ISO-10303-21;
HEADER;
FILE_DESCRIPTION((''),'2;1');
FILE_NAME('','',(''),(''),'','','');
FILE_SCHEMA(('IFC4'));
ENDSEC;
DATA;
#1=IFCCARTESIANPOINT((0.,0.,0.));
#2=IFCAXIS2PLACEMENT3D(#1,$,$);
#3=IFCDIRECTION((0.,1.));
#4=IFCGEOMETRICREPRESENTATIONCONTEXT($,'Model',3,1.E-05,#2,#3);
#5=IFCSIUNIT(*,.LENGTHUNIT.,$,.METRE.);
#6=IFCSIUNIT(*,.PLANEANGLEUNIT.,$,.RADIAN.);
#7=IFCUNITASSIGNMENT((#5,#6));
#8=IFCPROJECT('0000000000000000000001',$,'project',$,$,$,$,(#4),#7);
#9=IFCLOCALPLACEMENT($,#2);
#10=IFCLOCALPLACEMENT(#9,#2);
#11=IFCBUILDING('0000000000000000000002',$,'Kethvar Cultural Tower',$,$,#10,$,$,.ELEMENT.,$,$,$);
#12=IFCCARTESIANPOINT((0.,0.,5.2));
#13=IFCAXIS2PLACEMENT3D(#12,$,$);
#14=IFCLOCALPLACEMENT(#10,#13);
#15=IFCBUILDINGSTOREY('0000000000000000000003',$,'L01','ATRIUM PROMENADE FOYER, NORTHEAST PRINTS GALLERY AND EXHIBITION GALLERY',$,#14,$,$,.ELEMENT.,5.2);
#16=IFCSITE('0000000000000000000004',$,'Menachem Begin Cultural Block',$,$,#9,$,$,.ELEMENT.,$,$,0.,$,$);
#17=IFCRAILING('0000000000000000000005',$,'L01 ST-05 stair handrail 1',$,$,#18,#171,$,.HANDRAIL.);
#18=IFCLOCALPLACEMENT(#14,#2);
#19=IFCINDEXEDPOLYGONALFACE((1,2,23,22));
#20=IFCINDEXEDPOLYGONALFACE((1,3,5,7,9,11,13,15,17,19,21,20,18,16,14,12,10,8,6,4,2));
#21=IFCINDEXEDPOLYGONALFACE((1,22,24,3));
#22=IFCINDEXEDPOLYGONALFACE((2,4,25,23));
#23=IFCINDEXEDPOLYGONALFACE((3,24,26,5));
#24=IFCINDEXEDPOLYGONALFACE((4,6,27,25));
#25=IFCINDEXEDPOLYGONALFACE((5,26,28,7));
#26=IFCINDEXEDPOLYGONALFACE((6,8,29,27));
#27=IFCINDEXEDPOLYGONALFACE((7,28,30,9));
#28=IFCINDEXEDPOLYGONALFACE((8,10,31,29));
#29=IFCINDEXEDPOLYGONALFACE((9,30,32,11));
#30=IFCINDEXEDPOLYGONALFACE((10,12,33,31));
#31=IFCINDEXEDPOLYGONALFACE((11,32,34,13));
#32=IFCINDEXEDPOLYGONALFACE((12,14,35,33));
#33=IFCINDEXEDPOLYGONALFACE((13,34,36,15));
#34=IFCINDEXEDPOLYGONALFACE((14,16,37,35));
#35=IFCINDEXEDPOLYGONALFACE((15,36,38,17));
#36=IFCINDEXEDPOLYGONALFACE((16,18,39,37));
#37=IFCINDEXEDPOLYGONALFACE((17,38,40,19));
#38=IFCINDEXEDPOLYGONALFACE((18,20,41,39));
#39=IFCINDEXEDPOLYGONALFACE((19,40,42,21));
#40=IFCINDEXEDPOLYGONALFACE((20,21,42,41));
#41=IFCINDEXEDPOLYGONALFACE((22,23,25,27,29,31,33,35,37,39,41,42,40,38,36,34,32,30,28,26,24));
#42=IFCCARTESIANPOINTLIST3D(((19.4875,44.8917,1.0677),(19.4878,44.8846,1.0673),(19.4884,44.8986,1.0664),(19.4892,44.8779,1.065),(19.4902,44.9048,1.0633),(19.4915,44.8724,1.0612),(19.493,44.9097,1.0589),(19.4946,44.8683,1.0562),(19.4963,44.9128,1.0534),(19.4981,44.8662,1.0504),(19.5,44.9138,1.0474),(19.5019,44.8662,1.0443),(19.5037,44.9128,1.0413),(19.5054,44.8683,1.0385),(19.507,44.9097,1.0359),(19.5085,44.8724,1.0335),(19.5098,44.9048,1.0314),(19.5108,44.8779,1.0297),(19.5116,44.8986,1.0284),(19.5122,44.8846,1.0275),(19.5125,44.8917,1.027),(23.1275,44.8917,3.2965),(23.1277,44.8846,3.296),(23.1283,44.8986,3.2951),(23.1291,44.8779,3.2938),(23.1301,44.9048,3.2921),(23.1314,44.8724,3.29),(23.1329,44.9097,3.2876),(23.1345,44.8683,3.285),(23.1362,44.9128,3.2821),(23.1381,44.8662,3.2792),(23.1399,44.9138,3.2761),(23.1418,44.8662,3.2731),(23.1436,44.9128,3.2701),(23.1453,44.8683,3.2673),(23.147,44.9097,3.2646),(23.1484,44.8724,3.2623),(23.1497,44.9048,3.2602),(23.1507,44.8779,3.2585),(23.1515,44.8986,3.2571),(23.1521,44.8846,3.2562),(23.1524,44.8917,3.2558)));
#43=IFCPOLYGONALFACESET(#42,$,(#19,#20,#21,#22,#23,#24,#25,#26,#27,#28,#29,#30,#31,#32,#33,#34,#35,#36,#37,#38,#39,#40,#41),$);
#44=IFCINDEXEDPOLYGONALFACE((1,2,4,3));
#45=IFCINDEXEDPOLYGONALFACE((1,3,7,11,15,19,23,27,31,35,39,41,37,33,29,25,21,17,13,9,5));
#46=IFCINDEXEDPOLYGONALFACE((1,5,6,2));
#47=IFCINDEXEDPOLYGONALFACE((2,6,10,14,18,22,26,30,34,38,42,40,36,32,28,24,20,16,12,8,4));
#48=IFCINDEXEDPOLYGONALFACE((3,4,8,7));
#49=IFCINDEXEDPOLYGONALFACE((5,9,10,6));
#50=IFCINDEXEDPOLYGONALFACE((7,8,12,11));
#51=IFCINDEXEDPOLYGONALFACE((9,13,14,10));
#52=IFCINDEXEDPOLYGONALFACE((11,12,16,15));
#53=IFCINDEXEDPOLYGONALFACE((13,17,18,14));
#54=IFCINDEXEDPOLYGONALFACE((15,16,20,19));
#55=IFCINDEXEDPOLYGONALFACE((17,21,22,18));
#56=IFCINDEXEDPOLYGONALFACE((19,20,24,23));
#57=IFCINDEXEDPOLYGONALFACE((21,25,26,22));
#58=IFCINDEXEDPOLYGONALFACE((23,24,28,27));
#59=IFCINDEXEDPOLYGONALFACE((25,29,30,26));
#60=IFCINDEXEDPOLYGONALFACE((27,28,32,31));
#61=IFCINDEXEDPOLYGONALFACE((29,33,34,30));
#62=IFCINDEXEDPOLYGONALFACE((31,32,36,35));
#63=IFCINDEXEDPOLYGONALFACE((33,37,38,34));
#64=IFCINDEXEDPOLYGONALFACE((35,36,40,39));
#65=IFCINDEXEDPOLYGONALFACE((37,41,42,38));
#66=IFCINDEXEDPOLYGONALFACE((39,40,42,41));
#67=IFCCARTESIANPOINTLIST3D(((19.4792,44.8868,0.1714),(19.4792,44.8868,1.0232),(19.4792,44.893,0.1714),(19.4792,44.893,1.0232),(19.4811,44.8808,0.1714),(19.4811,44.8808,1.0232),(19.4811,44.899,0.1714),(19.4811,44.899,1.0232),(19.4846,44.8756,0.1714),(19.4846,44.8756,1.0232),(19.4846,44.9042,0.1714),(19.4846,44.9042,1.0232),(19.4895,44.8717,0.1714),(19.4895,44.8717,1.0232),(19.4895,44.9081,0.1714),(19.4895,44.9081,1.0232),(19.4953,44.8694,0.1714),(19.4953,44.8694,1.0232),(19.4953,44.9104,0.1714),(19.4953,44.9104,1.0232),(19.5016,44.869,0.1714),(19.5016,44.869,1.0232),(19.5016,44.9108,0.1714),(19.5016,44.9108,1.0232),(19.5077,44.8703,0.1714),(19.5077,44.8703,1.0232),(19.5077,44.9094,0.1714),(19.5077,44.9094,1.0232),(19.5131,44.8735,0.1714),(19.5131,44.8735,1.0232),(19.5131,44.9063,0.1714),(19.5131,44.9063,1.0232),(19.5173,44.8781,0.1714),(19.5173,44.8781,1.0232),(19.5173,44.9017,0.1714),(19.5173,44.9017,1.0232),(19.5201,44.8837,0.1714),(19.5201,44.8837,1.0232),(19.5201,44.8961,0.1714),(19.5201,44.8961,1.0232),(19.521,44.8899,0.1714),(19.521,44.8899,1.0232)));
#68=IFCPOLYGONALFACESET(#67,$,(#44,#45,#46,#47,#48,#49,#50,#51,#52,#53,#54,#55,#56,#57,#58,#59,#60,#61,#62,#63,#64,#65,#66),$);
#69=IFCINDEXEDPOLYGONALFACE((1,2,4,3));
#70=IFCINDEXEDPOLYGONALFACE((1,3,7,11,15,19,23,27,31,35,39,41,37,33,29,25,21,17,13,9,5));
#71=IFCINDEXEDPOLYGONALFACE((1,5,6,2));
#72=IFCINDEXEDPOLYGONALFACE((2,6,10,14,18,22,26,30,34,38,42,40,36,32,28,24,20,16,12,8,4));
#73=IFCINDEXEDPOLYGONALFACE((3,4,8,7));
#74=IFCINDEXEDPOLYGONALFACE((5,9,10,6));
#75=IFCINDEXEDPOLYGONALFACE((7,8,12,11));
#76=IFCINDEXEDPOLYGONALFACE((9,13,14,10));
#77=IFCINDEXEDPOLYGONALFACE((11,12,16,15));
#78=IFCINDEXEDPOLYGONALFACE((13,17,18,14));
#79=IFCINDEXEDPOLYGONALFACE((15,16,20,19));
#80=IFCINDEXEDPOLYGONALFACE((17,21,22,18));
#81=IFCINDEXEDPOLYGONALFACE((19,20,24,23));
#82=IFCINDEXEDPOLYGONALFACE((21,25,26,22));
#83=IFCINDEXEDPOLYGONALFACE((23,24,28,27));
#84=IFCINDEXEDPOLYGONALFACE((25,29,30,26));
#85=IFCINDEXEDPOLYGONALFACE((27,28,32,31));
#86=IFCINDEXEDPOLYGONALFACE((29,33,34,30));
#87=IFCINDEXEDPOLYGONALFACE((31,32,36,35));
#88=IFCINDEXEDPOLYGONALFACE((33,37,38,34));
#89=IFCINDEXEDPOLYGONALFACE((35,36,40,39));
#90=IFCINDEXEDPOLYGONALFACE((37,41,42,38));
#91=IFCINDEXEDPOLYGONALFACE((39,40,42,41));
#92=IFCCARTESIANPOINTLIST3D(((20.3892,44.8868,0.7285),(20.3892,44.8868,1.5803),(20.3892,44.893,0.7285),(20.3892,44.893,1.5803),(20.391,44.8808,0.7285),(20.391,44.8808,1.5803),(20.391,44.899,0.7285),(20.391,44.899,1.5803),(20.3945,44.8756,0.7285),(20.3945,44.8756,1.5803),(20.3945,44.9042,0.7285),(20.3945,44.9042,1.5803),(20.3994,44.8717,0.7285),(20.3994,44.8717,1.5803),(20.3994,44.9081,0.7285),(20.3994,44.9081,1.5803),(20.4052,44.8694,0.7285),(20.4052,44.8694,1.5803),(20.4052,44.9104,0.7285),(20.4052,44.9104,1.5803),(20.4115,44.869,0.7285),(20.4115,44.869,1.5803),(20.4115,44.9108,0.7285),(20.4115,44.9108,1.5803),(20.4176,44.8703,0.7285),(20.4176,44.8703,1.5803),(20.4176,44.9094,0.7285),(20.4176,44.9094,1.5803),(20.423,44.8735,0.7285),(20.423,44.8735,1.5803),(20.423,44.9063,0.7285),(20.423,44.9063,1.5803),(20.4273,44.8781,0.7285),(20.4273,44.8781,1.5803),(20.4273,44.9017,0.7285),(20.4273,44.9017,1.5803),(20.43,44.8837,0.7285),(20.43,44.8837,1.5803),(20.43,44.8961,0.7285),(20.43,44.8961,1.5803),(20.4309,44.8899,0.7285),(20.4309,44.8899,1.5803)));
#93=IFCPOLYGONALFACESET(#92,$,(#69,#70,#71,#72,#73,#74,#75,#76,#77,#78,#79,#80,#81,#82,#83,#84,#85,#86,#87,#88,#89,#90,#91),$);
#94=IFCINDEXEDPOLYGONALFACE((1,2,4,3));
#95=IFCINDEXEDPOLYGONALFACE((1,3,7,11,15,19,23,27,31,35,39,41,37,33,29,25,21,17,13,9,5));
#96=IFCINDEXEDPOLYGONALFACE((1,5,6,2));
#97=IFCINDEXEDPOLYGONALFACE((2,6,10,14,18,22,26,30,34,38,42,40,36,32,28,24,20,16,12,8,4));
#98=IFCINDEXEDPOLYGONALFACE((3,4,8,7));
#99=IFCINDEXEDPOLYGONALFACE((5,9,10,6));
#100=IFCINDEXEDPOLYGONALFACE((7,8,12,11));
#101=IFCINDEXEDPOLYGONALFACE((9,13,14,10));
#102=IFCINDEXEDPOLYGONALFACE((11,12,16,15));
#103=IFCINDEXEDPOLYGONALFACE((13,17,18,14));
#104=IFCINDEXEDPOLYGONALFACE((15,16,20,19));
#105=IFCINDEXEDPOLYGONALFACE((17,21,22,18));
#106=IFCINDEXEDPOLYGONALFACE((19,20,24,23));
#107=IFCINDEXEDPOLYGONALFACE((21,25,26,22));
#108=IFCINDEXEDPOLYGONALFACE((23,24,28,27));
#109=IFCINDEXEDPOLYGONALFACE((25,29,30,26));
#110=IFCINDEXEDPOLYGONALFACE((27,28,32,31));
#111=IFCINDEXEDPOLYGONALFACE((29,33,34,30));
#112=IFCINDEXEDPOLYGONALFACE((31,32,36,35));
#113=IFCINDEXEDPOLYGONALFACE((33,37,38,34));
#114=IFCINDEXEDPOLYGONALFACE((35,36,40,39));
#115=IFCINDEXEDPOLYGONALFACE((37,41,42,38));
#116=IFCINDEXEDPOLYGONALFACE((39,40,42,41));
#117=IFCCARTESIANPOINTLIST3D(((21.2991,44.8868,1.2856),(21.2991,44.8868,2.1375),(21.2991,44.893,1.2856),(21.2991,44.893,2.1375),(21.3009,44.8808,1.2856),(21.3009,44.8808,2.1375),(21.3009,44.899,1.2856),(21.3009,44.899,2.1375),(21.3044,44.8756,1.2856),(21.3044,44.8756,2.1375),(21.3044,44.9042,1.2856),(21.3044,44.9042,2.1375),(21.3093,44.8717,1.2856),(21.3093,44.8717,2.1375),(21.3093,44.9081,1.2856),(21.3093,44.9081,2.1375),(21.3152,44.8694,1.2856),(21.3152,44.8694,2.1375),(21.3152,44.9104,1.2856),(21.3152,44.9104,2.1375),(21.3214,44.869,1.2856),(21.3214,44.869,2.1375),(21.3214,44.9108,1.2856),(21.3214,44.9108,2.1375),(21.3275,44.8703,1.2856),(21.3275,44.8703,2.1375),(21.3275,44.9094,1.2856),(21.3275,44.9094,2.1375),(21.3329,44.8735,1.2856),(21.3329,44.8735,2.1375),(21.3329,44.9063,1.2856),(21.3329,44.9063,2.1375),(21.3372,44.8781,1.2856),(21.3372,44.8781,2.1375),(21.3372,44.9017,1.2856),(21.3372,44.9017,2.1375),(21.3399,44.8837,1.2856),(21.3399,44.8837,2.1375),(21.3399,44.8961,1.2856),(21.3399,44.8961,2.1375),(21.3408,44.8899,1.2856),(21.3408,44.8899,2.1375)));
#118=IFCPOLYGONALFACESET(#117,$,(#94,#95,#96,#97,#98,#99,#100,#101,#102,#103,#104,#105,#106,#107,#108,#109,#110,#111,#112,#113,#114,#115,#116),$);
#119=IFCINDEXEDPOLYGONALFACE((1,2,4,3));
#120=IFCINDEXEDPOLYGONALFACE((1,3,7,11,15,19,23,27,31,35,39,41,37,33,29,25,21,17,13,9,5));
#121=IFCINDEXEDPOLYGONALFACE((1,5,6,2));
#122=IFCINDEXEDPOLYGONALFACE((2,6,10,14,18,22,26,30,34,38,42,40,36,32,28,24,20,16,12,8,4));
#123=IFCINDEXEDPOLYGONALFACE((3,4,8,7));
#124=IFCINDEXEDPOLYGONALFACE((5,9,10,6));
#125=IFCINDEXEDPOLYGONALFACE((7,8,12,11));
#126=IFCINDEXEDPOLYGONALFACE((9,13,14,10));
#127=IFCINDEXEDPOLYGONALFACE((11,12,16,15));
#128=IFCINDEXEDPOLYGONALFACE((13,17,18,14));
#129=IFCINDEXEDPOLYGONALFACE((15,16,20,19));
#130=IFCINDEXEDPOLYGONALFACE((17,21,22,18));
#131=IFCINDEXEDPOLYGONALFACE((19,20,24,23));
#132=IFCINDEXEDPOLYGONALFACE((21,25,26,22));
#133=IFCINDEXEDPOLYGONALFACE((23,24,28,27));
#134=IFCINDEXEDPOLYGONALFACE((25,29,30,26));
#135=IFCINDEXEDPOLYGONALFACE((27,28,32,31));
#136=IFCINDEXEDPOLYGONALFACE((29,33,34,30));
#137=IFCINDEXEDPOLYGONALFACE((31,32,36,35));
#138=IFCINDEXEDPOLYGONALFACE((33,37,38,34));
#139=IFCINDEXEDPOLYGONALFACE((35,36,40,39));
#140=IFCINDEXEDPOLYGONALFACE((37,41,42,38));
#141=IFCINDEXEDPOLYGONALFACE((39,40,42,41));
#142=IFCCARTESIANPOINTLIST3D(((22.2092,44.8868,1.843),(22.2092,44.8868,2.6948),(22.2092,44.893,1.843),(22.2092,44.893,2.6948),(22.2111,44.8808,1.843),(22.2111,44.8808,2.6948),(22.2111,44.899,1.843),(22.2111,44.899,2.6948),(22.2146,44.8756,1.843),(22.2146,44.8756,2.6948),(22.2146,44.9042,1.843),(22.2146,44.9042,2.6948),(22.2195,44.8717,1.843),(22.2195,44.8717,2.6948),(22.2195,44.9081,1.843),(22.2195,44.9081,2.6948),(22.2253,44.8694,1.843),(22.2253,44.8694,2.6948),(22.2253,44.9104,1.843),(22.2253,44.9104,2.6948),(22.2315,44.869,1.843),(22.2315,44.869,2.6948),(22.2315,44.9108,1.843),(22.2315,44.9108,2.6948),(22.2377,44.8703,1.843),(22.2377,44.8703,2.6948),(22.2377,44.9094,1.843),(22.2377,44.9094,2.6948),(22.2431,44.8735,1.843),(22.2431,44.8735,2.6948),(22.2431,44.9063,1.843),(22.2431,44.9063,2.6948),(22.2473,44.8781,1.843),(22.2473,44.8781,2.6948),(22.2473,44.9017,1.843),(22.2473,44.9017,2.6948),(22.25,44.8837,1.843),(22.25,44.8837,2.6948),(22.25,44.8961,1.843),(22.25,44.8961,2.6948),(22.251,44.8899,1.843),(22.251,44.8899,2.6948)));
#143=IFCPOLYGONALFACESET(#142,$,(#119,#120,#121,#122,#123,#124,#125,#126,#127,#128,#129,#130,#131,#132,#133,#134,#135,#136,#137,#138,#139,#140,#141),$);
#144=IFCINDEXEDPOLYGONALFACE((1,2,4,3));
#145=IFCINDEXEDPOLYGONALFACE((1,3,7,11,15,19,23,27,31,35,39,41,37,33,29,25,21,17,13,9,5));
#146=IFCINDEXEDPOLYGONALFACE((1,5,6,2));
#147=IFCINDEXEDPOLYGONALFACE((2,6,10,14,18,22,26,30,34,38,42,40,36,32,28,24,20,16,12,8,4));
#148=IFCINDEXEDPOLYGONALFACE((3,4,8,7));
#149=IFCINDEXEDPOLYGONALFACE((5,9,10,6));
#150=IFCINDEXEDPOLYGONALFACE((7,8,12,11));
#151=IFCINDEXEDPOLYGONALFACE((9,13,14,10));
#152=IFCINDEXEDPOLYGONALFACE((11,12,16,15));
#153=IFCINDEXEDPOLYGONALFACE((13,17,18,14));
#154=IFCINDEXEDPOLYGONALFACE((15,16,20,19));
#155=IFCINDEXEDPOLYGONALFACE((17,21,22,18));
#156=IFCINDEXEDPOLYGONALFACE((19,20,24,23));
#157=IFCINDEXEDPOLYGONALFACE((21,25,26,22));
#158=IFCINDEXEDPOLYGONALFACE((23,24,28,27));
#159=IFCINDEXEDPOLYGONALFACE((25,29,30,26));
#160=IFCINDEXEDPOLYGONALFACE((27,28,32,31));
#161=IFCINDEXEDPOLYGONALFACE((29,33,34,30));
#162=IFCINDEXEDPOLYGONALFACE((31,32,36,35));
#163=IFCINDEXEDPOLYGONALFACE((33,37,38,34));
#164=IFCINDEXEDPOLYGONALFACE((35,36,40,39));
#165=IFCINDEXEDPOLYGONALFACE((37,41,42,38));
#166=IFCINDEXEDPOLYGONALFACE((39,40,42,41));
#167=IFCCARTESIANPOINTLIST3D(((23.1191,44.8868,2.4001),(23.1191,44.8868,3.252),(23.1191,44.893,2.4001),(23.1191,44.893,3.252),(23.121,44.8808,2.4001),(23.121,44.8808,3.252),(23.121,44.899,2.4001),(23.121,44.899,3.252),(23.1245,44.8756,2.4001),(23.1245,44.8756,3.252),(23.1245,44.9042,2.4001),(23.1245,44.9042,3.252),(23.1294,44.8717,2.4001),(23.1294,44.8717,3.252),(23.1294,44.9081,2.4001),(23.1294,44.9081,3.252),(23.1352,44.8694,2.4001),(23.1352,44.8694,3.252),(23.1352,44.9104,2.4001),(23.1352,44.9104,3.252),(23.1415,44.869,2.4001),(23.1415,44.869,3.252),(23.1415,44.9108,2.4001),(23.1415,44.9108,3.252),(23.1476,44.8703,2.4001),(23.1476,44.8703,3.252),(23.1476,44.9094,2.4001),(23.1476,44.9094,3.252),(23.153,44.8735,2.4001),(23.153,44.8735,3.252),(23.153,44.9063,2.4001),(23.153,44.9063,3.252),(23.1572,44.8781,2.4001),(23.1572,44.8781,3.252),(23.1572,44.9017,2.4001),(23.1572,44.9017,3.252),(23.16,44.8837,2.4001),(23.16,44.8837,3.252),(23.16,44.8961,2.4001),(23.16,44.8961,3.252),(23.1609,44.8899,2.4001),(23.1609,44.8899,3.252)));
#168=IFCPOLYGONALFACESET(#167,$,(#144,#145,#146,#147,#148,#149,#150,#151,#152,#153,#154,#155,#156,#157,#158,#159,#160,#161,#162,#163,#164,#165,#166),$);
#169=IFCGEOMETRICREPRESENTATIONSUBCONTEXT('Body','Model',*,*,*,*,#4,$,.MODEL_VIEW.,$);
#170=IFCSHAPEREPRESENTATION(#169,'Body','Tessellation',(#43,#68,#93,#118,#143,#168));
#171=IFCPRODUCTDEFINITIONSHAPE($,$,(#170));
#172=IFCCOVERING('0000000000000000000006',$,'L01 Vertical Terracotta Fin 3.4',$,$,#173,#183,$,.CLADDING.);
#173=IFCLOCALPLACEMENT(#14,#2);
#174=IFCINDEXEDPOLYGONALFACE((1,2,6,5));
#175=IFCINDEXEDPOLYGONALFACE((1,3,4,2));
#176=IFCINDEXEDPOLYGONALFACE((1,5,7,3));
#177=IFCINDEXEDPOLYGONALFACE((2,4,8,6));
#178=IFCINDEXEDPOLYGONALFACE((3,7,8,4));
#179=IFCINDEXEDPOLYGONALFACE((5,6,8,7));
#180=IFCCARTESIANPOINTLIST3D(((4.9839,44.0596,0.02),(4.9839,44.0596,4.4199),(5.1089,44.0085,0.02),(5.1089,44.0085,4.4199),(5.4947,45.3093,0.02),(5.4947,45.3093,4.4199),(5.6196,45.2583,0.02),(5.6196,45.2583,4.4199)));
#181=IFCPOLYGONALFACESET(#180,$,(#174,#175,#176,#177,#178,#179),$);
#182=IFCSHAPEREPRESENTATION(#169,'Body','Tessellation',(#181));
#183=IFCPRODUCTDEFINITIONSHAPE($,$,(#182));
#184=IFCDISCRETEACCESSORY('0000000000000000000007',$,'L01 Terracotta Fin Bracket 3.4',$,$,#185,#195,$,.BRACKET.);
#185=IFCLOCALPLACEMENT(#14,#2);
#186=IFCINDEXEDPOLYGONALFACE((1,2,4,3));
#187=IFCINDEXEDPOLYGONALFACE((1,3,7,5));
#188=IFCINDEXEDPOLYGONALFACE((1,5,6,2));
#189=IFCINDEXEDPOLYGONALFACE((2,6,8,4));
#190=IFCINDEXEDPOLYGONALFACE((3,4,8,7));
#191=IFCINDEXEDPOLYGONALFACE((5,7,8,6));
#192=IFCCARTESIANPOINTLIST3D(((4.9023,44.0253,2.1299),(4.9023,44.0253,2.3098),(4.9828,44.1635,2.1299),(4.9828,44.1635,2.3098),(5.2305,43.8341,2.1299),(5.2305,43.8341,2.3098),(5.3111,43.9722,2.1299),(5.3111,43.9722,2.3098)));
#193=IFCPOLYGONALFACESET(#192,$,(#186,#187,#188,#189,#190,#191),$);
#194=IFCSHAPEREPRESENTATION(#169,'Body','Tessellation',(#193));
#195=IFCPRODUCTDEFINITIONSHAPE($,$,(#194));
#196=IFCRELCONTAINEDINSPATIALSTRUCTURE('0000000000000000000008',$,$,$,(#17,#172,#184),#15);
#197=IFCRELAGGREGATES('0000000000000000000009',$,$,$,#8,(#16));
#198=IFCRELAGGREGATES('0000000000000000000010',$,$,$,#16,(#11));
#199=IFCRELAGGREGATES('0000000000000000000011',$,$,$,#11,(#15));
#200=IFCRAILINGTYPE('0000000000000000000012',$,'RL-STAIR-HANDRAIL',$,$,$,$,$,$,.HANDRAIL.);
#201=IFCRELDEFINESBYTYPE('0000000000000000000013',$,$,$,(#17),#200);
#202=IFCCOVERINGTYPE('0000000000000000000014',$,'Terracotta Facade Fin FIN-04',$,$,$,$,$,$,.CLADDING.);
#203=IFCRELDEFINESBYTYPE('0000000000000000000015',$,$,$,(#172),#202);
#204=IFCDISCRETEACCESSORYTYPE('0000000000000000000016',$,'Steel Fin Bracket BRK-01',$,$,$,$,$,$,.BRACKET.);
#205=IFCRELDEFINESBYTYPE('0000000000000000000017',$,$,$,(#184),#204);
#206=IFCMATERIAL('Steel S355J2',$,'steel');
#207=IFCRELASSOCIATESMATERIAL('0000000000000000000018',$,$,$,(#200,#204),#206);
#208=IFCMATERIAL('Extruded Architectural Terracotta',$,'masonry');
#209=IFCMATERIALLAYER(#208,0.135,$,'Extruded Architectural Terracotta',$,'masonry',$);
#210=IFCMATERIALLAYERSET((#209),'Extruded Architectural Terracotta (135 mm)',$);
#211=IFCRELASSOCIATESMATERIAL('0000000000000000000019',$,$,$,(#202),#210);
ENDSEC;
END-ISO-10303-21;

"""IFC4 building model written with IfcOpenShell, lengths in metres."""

from ifc_helpers import new_model, si_unit, direction, frame, origin, origin_2d, place, context, subcontext, project, spatial, rectangle, circle, extrude, source, transform, mapped, material, layer, layer_set, type_object, element, save


model = new_model("IFC4")

# Units and contexts
model_context = context("Model", 3, precision=1e-05, world=origin(), true_north=direction((0.0, 1.0)))
body_context = subcontext(model_context, "Body", "Model", "MODEL_VIEW")
ifc_project = project(units=[si_unit("LENGTHUNIT", "METRE"), si_unit("PLANEANGLEUNIT", "RADIAN")], contexts=[model_context])

# Site, building, storey
site_placement = place(None, origin())
site = spatial("IfcSite", under=ifc_project, at=site_placement, Name="Menachem Begin Cultural Block", CompositionType="ELEMENT", RefElevation=0.0)
building_placement = place(site_placement, origin())
building = spatial("IfcBuilding", under=site, at=building_placement, Name="Kethvar Cultural Tower", CompositionType="ELEMENT")
storey_placement = place(building_placement, frame((0.0, 0.0, 5.2)))
storey = spatial("IfcBuildingStorey", under=building, at=storey_placement, Name="L01", Description="ATRIUM PROMENADE FOYER, NORTHEAST PRINTS GALLERY AND EXHIBITION GALLERY", CompositionType="ELEMENT", Elevation=5.2)

# Shared definitions
ifc_material_1 = material(Name="Steel S355J2", Category="steel")

# Railing
railing_type_1 = type_object("IfcRailingType", Name="RL-STAIR-HANDRAIL", PredefinedType="HANDRAIL", material=ifc_material_1)
railing_1_placement = place(storey_placement, frame((19.5, 44.8899, 0.1714)))
element("IfcRailing", 1, at=railing_1_placement, inside=storey, type_object=railing_type_1, Name="L01 ST-05 stair handrail 1", PredefinedType="HANDRAIL", context=body_context, shape_type="SweptSolid", body=[
    extrude(circle(Radius=0.0239, at=origin_2d()), frame((0.0, 0.0, 0.876), z_axis=(0.852825, 0.0, 0.522197), x_axis=(0.0, 1.0, 0.0)), (0.0, 0.0, 1.0), 4.2681),
    extrude(circle(Radius=0.021, at=origin_2d()), origin(), (0.0, 0.0, 1.0), 0.8518),
    extrude(circle(Radius=0.021, at=origin_2d()), frame((0.9099, 0.0, 0.5571)), (0.0, 0.0, 1.0), 0.8518),
    extrude(circle(Radius=0.021, at=origin_2d()), frame((1.8198, 0.0, 1.1143)), (0.0, 0.0, 1.0), 0.8518),
    extrude(circle(Radius=0.021, at=origin_2d()), frame((2.73, 0.0, 1.6716)), (0.0, 0.0, 1.0), 0.8518),
    extrude(circle(Radius=0.021, at=origin_2d()), frame((3.6399, 0.0, 2.2288)), (0.0, 0.0, 1.0), 0.8518),
])

# Covering
ifc_material_2 = material(Name="Extruded Architectural Terracotta", Category="masonry")
ifc_layer_1 = layer(ifc_material_2, 0.135, Name="Extruded Architectural Terracotta", Category="masonry")
ifc_layer_set_1 = layer_set([ifc_layer_1], Name="Extruded Architectural Terracotta (135 mm)")
covering_type = type_object("IfcCoveringType", Name="Terracotta Facade Fin FIN-04", PredefinedType="CLADDING", material=ifc_layer_set_1)
shared_shape_1 = source(origin(), body_context, "Body", "SweptSolid", [
    extrude(rectangle(XDim=1.3501, YDim=0.135, at=origin_2d()), origin(), (0.0, 0.0, 1.0), 4.3999),
])
covering_placement = place(storey_placement, frame((5.3018, 44.6589, 0.02), z_axis=(0.0, 0.0, 1.0), x_axis=(0.378326, 0.925673, 0.0)))
element("IfcCovering", 2, at=covering_placement, inside=storey, type_object=covering_type, Name="L01 Vertical Terracotta Fin 3.4", PredefinedType="CLADDING", context=body_context, shape_type="MappedRepresentation", body=[
    mapped(shared_shape_1, transform((0.0, 0.0, 0.0), scale=1.0)),
])

# Discrete accessory
discrete_accessory_type = type_object("IfcDiscreteAccessoryType", Name="Steel Fin Bracket BRK-01", PredefinedType="BRACKET", material=ifc_material_1)
shared_shape_2 = source(origin(), body_context, "Body", "SweptSolid", [
    extrude(rectangle(XDim=0.3799, YDim=0.1599, at=origin_2d()), origin(), (0.0, 0.0, 1.0), 0.1799),
])
discrete_accessory_placement = place(storey_placement, frame((5.1067, 43.9988, 2.1299), z_axis=(0.0, 0.0, 1.0), x_axis=(-0.864011, 0.503472, 0.0)))
element("IfcDiscreteAccessory", 3, at=discrete_accessory_placement, inside=storey, type_object=discrete_accessory_type, Name="L01 Terracotta Fin Bracket 3.4", PredefinedType="BRACKET", context=body_context, shape_type="MappedRepresentation", body=[
    mapped(shared_shape_2, transform((0.0, 0.0, 0.0), scale=1.0)),
])

save(model, "model.ifc")
